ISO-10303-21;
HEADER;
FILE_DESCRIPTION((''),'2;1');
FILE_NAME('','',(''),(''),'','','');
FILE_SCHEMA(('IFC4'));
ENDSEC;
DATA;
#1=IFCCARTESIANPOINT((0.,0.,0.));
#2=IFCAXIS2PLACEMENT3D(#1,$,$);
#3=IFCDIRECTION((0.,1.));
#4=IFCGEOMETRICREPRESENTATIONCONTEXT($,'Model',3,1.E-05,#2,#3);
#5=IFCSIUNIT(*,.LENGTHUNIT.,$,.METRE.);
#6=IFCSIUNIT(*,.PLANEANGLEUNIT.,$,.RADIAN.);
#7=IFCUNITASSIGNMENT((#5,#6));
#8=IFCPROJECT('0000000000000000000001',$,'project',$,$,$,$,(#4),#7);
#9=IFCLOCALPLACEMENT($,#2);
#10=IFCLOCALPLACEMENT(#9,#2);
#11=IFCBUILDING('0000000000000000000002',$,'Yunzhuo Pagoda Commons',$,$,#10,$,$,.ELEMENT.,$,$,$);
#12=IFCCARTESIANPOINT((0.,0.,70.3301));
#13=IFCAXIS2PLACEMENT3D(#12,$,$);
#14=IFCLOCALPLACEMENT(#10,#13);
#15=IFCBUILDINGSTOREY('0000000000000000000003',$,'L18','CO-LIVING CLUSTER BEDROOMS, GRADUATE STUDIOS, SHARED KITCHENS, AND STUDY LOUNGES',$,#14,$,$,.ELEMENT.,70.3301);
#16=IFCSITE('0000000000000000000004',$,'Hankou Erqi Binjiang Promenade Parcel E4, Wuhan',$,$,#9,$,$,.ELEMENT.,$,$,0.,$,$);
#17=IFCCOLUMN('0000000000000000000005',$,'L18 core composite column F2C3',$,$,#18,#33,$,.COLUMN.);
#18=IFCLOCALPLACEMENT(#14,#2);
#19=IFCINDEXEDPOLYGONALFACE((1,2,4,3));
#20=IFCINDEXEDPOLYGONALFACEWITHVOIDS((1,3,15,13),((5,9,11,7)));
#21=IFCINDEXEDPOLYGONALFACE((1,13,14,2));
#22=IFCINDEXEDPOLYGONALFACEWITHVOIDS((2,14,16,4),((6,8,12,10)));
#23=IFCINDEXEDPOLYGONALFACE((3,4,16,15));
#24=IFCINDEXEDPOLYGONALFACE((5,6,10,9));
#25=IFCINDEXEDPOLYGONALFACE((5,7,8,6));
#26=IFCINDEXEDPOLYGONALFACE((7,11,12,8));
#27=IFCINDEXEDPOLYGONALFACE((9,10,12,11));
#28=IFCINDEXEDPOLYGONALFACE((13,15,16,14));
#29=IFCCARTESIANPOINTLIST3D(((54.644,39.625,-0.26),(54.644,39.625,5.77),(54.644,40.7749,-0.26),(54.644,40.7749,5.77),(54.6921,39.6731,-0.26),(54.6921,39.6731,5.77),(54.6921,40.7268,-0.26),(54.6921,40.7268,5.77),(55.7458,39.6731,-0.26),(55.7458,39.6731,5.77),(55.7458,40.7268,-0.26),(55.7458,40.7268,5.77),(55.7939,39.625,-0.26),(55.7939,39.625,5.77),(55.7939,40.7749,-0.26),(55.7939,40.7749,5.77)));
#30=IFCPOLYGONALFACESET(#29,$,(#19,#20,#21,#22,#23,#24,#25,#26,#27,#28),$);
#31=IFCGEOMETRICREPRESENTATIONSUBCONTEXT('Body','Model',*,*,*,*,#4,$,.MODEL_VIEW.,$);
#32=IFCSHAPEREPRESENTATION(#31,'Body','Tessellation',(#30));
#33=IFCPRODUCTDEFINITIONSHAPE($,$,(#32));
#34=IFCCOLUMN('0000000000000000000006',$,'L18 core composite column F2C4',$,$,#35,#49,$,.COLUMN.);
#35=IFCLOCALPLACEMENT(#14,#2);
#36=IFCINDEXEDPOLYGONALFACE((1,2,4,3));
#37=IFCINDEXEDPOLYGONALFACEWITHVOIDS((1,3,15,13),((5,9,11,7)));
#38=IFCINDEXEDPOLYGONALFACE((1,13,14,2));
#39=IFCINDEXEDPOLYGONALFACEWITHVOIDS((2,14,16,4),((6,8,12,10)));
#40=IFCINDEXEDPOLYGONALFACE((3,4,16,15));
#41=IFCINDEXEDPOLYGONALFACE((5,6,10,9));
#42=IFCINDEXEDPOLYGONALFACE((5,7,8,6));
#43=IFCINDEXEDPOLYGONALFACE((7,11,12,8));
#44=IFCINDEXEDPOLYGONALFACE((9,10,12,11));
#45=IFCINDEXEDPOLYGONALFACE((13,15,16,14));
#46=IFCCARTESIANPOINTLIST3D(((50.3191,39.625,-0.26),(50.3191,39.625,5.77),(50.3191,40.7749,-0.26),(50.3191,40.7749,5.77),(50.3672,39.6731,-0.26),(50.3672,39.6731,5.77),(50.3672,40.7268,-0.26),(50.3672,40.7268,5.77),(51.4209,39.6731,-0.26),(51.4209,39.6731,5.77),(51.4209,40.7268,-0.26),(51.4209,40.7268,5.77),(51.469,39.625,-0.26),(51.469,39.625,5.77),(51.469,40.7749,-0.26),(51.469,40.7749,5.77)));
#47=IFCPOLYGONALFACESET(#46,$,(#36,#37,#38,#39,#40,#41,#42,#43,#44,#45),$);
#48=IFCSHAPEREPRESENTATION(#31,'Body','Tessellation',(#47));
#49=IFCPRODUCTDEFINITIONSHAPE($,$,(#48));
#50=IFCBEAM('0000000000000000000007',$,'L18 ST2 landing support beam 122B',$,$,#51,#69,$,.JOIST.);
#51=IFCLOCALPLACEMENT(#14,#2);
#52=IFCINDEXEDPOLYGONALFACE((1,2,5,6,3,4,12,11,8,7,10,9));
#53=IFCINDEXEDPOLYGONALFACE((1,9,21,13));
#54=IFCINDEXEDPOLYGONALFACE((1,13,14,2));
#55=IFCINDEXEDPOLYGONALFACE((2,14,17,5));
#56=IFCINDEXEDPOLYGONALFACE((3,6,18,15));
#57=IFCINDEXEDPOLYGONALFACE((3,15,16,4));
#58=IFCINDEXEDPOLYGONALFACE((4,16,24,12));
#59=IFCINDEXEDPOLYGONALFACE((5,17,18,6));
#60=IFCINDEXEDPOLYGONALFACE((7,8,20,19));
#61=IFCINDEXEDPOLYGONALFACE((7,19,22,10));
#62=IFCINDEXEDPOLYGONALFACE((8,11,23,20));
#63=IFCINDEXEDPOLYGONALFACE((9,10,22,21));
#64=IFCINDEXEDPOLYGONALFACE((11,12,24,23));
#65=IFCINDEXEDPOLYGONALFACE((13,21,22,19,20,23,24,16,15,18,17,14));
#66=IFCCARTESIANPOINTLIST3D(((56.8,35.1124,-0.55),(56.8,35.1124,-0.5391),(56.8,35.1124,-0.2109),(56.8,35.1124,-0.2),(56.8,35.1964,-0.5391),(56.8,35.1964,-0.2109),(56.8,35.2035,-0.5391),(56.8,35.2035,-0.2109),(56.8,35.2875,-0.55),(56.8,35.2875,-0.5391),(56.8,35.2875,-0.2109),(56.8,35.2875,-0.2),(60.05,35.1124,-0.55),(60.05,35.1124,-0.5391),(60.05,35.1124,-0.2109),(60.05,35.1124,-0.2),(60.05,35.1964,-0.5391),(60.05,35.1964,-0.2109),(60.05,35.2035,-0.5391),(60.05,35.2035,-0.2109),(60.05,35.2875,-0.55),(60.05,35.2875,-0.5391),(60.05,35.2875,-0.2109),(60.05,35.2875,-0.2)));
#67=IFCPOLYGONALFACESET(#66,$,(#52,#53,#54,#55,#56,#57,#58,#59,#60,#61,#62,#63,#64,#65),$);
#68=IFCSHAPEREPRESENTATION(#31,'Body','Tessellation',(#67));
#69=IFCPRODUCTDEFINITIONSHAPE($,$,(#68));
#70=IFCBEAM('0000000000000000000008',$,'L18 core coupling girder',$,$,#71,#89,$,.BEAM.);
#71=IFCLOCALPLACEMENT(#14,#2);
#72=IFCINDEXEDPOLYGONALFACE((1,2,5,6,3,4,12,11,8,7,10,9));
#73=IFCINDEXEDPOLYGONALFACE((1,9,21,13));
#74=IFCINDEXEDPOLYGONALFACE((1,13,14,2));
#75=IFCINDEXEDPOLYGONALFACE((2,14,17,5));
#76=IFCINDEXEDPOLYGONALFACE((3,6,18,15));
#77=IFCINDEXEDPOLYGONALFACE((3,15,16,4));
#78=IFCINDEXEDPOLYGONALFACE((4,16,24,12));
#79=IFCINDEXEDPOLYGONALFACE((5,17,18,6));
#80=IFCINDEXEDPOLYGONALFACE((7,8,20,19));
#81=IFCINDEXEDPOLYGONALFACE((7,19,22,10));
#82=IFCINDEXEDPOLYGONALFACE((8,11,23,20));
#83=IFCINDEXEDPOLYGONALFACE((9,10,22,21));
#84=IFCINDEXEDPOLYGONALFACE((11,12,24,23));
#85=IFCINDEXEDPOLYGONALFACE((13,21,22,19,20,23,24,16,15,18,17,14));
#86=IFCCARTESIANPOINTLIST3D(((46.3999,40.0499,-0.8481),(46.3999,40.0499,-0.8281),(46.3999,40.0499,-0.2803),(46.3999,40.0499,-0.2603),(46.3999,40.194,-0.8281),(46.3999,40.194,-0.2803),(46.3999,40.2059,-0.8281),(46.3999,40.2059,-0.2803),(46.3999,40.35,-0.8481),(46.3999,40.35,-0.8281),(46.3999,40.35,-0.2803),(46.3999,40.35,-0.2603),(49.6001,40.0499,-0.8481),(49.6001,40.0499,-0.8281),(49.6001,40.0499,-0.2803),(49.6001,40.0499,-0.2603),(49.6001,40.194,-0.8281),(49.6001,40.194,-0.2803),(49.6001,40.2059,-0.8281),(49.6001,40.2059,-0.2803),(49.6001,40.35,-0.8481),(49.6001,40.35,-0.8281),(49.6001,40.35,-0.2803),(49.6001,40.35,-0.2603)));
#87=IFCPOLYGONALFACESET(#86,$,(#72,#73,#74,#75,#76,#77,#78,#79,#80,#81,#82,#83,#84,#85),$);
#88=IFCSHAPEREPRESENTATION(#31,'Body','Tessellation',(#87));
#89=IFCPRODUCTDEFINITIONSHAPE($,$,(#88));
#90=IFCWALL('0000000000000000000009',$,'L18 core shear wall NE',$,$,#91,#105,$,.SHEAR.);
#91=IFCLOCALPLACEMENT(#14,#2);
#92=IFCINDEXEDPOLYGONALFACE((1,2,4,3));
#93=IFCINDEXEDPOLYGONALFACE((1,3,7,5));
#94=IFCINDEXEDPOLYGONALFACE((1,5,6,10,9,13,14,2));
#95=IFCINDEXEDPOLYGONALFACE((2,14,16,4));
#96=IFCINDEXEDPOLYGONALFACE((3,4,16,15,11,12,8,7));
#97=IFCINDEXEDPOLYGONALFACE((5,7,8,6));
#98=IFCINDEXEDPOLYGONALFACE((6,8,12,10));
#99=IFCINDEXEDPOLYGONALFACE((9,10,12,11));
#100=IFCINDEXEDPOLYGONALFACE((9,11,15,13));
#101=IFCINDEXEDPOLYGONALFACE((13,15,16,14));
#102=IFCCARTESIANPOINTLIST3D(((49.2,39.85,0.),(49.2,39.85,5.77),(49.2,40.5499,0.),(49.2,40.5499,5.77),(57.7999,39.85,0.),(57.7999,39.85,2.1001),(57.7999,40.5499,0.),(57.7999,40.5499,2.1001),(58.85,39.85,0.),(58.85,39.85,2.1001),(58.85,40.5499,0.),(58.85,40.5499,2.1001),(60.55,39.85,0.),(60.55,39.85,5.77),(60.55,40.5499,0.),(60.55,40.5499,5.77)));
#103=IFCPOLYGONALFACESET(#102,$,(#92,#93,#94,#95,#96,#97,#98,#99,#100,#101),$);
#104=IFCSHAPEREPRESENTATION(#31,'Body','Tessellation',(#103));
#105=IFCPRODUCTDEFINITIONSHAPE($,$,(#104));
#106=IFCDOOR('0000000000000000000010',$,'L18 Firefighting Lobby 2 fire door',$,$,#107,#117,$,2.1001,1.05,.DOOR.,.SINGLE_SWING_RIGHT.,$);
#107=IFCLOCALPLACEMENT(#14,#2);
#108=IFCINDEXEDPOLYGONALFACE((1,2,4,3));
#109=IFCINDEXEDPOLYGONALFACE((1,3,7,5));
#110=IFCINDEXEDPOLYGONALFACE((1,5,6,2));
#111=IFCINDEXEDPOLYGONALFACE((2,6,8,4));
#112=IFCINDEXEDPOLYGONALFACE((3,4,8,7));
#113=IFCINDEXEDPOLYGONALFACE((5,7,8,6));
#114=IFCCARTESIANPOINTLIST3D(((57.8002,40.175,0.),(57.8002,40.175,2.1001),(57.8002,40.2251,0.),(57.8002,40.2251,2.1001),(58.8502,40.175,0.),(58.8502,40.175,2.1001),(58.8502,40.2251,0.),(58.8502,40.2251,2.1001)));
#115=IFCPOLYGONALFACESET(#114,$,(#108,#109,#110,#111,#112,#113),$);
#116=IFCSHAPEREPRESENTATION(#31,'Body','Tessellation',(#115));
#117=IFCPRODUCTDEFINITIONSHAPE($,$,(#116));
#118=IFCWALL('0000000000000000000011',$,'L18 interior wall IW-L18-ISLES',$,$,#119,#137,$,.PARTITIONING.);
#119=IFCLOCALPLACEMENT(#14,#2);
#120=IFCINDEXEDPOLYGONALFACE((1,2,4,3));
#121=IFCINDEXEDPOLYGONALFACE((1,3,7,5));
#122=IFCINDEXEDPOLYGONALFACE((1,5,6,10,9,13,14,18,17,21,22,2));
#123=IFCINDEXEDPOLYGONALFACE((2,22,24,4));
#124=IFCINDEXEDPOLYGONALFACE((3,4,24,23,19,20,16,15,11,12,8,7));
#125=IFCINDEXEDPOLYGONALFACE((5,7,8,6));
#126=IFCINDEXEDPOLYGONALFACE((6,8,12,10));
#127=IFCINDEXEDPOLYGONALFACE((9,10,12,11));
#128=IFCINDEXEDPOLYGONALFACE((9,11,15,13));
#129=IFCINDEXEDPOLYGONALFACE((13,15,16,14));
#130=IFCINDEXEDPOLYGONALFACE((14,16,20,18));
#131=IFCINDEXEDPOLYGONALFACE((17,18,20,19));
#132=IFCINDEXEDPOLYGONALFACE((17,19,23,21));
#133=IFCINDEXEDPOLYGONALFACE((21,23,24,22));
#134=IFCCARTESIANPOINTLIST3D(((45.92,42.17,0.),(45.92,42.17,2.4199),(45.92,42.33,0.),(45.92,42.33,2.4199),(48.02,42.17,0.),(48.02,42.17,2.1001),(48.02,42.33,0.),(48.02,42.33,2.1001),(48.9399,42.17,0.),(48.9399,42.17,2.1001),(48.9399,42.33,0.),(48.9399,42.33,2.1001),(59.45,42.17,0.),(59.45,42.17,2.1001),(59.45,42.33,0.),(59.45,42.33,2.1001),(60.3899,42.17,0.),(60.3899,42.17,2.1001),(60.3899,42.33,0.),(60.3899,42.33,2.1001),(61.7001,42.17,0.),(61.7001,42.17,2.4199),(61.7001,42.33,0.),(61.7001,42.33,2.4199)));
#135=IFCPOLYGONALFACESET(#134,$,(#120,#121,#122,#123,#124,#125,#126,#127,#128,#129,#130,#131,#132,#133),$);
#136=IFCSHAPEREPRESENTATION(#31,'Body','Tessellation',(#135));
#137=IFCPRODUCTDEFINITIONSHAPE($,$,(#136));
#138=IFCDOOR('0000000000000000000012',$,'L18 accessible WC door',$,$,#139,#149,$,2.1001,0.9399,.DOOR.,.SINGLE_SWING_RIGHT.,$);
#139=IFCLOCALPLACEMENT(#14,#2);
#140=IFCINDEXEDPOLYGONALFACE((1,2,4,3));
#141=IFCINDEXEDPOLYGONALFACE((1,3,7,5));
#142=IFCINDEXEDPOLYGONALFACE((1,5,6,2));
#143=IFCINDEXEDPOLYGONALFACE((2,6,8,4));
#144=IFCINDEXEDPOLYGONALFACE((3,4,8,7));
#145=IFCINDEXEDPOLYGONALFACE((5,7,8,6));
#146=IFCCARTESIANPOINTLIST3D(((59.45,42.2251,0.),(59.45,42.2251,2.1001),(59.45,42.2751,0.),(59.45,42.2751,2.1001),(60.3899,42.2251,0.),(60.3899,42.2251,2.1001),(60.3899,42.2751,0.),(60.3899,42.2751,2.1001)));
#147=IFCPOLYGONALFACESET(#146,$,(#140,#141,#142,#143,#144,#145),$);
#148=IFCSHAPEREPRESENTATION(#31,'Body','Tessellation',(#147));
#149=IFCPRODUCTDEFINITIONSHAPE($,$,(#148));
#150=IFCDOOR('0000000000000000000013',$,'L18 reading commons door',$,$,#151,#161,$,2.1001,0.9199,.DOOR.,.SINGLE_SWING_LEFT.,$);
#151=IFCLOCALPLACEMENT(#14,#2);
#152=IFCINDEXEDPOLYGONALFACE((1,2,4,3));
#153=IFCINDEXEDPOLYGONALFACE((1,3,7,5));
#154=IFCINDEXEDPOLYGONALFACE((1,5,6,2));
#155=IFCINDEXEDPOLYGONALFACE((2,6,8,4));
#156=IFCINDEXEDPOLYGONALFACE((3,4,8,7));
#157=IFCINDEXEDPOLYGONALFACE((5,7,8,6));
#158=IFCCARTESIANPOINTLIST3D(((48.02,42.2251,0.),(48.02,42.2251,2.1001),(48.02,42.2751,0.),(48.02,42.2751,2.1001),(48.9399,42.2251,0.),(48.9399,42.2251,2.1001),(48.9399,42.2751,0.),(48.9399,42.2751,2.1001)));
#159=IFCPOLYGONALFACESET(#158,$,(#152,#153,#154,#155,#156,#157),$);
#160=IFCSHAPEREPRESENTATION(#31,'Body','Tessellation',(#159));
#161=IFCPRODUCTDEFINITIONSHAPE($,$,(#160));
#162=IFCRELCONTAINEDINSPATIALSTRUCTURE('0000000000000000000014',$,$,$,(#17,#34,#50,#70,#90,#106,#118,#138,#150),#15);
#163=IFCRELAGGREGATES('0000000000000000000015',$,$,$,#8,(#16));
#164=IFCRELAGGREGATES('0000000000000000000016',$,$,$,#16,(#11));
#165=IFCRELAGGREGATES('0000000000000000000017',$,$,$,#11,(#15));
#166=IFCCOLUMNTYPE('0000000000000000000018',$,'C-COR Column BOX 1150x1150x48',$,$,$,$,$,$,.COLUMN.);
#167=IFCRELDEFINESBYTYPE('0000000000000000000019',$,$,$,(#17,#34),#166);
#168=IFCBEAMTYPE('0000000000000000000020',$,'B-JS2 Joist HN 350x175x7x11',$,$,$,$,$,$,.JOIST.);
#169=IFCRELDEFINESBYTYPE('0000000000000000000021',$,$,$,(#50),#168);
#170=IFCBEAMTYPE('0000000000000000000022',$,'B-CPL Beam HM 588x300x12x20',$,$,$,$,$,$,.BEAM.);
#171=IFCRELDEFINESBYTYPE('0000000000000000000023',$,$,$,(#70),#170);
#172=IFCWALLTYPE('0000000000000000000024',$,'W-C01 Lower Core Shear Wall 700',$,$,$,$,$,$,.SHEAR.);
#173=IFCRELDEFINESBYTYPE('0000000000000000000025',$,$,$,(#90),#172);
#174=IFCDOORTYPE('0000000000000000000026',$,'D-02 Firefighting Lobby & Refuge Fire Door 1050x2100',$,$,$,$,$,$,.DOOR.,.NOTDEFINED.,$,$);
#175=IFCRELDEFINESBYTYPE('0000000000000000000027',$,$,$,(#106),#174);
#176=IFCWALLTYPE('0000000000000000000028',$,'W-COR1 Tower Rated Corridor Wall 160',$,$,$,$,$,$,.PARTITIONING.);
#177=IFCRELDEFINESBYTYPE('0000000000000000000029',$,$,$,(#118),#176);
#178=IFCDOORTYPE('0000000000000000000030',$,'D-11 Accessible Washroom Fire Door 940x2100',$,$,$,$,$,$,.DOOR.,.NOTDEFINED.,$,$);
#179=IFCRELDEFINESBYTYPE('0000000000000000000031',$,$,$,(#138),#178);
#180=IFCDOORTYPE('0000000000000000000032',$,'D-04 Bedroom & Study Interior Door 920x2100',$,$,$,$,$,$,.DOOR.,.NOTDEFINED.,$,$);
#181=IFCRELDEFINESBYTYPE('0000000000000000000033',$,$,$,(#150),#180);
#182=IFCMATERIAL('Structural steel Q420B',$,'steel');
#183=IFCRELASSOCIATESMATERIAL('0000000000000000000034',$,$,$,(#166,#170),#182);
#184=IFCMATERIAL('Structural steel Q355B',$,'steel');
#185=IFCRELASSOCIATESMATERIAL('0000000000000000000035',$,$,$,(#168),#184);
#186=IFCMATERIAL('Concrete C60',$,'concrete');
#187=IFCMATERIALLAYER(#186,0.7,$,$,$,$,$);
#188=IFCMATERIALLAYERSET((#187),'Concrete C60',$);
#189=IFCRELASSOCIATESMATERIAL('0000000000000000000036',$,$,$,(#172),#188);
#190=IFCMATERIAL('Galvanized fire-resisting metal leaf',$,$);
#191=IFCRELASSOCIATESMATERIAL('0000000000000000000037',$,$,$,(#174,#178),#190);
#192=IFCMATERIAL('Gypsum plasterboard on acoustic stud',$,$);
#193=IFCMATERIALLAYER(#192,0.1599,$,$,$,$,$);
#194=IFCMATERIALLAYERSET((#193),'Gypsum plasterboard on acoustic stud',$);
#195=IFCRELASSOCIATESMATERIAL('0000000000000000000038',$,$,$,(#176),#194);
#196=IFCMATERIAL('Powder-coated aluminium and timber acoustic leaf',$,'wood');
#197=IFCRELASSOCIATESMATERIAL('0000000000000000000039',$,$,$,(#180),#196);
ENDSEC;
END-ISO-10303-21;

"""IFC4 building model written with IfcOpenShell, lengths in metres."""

from ifc_helpers import new_model, si_unit, direction, frame, frame_2d, origin, origin_2d, place, context, subcontext, project, spatial, rectangle, hollow_rectangle, i_section, extrude, source, transform, mapped, material, layer, layer_set, material_profile, profile_set, type_object, element, fill, save


model = new_model("IFC4")

# Units and contexts
model_context = context("Model", 3, precision=1e-05, world=origin(), true_north=direction((0.0, 1.0)))
body_context = subcontext(model_context, "Body", "Model", "MODEL_VIEW")
ifc_project = project(units=[si_unit("LENGTHUNIT", "METRE"), si_unit("PLANEANGLEUNIT", "RADIAN")], contexts=[model_context])

# Site, building, storey
site_placement = place(None, origin())
site = spatial("IfcSite", under=ifc_project, at=site_placement, Name="Hankou Erqi Binjiang Promenade Parcel E4, Wuhan", CompositionType="ELEMENT", RefElevation=0.0)
building_placement = place(site_placement, origin())
building = spatial("IfcBuilding", under=site, at=building_placement, Name="Yunzhuo Pagoda Commons", CompositionType="ELEMENT")
storey_placement = place(building_placement, frame((0.0, 0.0, 70.3301)))
storey = spatial("IfcBuildingStorey", under=building, at=storey_placement, Name="L18", Description="CO-LIVING CLUSTER BEDROOMS, GRADUATE STUDIOS, SHARED KITCHENS, AND STUDY LOUNGES", CompositionType="ELEMENT", Elevation=70.3301)

# Columns
ifc_material_1 = material(Name="Structural steel Q420B", Category="steel")
ifc_material_profile_1 = material_profile(ifc_material_1, hollow_rectangle(XDim=1.1499, YDim=1.1499, WallThickness=0.0481, at=origin_2d()), Name="Structural steel Q420B")
ifc_profile_set_1 = profile_set([ifc_material_profile_1], Name="Structural steel Q420B")
column_type = type_object("IfcColumnType", Name="C-COR Column BOX 1150x1150x48", PredefinedType="COLUMN", material=ifc_profile_set_1)
shared_shape_1 = source(origin(), body_context, "Body", "SweptSolid", [
    extrude(hollow_rectangle(XDim=1.1499, YDim=1.1499, WallThickness=0.0481, at=origin_2d()), origin(), (0.0, 0.0, 1.0), 6.03),
])
for number, where, z_axis, x_axis, name in (
    (1, (55.219, 40.2, -0.26), (0.0, 0.0, 1.0), (1.0, 0.0, 0.0), "L18 core composite column F2C3"),
    (2, (50.894, 40.2, -0.26), (0.0, 0.0, 1.0), (1.0, 0.0, 0.0), "L18 core composite column F2C4"),
):
    element("IfcColumn", number, at=place(storey_placement, frame(where, z_axis=z_axis, x_axis=x_axis)), inside=storey, type_object=column_type, Name=name, PredefinedType="COLUMN", context=body_context, shape_type="MappedRepresentation", body=[
        mapped(shared_shape_1, transform((0.0, 0.0, 0.0), scale=1.0)),
    ])

# Beams
ifc_material_2 = material(Name="Structural steel Q355B", Category="steel")
ifc_material_profile_2 = material_profile(ifc_material_2, i_section(OverallWidth=0.175, OverallDepth=0.3501, WebThickness=0.0071, FlangeThickness=0.011, at=origin_2d()), Name="Structural steel Q355B")
ifc_profile_set_2 = profile_set([ifc_material_profile_2], Name="Structural steel Q355B")
beam_type_1 = type_object("IfcBeamType", Name="B-JS2 Joist HN 350x175x7x11", PredefinedType="JOIST", material=ifc_profile_set_2)
shared_shape_2 = source(origin(), body_context, "Body", "SweptSolid", [
    extrude(i_section(OverallWidth=0.175, OverallDepth=0.3501, WebThickness=0.0071, FlangeThickness=0.011, at=origin_2d()), origin(), (0.0, 0.0, 1.0), 3.25),
])
beam_1_placement = place(storey_placement, frame((56.8, 35.2, -0.375), z_axis=(1.0, 0.0, 0.0), x_axis=(0.0, 1.0, 0.0)))
element("IfcBeam", 3, at=beam_1_placement, inside=storey, type_object=beam_type_1, Name="L18 ST2 landing support beam 122B", PredefinedType="JOIST", context=body_context, shape_type="MappedRepresentation", body=[
    mapped(shared_shape_2, transform((0.0, 0.0, 0.0), scale=1.0)),
])
ifc_material_profile_3 = material_profile(ifc_material_1, i_section(OverallWidth=0.3, OverallDepth=0.5879, WebThickness=0.012, FlangeThickness=0.02, at=origin_2d()), Name="Structural steel Q420B")
ifc_profile_set_3 = profile_set([ifc_material_profile_3], Name="Structural steel Q420B")
beam_type_2 = type_object("IfcBeamType", Name="B-CPL Beam HM 588x300x12x20", PredefinedType="BEAM", material=ifc_profile_set_3)
shared_shape_3 = source(origin(), body_context, "Body", "SweptSolid", [
    extrude(i_section(OverallWidth=0.3, OverallDepth=0.5879, WebThickness=0.012, FlangeThickness=0.02, at=origin_2d()), origin(), (0.0, 0.0, 1.0), 3.2002),
])
beam_2_placement = place(storey_placement, frame((46.3999, 40.2, -0.5542), z_axis=(1.0, 0.0, 0.0), x_axis=(0.0, 1.0, 0.0)))
element("IfcBeam", 4, at=beam_2_placement, inside=storey, type_object=beam_type_2, Name="L18 core coupling girder", PredefinedType="BEAM", context=body_context, shape_type="MappedRepresentation", body=[
    mapped(shared_shape_3, transform((0.0, 0.0, 0.0), scale=1.0)),
])

# Wall, opening, door
ifc_material_3 = material(Name="Concrete C60", Category="concrete")
ifc_layer_1 = layer(ifc_material_3, 0.7)
ifc_layer_set_1 = layer_set([ifc_layer_1], Name="Concrete C60")
wall_type_1 = type_object("IfcWallType", Name="W-C01 Lower Core Shear Wall 700", PredefinedType="SHEAR", material=ifc_layer_set_1)
wall_1_placement = place(storey_placement, frame((49.2, 40.2, 0.0), z_axis=(0.0, 0.0, 1.0), x_axis=(1.0, 0.0, 0.0)))
wall_1 = element("IfcWall", 5, at=wall_1_placement, inside=storey, type_object=wall_type_1, Name="L18 core shear wall NE", PredefinedType="SHEAR", context=body_context, shape_type="SweptSolid", body=[
    extrude(rectangle(XDim=11.3501, YDim=0.7, at=frame_2d((5.675, 0.0))), origin(), (0.0, 0.0, 1.0), 5.77),
])
opening_1_placement = place(wall_1_placement, frame((8.6001, 0.0, 0.0)))
opening_1 = element("IfcOpeningElement", 6, at=opening_1_placement, cuts=wall_1, PredefinedType="OPENING", context=body_context, shape_type="SweptSolid", body=[
    extrude(rectangle(XDim=1.05, YDim=2.1001, at=frame_2d((0.5249, 1.05))), frame((0.0, 0.3599, 0.0), z_axis=(0.0, -1.0, 0.0), x_axis=(1.0, 0.0, 0.0)), (0.0, 0.0, 1.0), 0.72),
])
ifc_material_4 = material(Name="Galvanized fire-resisting metal leaf")
door_type_1 = type_object("IfcDoorType", Name="D-02 Firefighting Lobby & Refuge Fire Door 1050x2100", OperationType="NOTDEFINED", PredefinedType="DOOR", material=ifc_material_4)
shared_shape_4 = source(origin(), body_context, "Body", "SweptSolid", [
    extrude(rectangle(XDim=1.05, YDim=2.1001, at=frame_2d((0.5249, 1.05))), frame((0.0, 0.0249, 0.0), z_axis=(0.0, -1.0, 0.0), x_axis=(1.0, 0.0, 0.0)), (0.0, 0.0, 1.0), 0.05),
])
door_1_placement = place(opening_1_placement, frame((1.05, 0.0, 0.0), z_axis=(0.0, 0.0, 1.0), x_axis=(-1.0, 0.0, 0.0)))
door_1 = element("IfcDoor", 7, at=door_1_placement, inside=storey, type_object=door_type_1, Name="L18 Firefighting Lobby 2 fire door", OperationType="SINGLE_SWING_RIGHT", OverallHeight=2.1001, OverallWidth=1.05, PredefinedType="DOOR", context=body_context, shape_type="MappedRepresentation", body=[
    mapped(shared_shape_4, transform((0.0, 0.0, 0.0), scale=1.0)),
])
fill(opening_1, door_1)

# Wall, openings, doors
ifc_material_5 = material(Name="Gypsum plasterboard on acoustic stud")
ifc_layer_2 = layer(ifc_material_5, 0.1599)
ifc_layer_set_2 = layer_set([ifc_layer_2], Name="Gypsum plasterboard on acoustic stud")
wall_type_2 = type_object("IfcWallType", Name="W-COR1 Tower Rated Corridor Wall 160", PredefinedType="PARTITIONING", material=ifc_layer_set_2)
wall_2_placement = place(storey_placement, frame((45.9199, 42.25, 0.0), z_axis=(0.0, 0.0, 1.0), x_axis=(1.0, 0.0, 0.0)))
wall_2 = element("IfcWall", 8, at=wall_2_placement, inside=storey, type_object=wall_type_2, Name="L18 interior wall IW-L18-ISLES", PredefinedType="PARTITIONING", context=body_context, shape_type="SweptSolid", body=[
    extrude(rectangle(XDim=15.78, YDim=0.1599, at=frame_2d((7.8901, 0.0))), origin(), (0.0, 0.0, 1.0), 2.4199),
])
opening_2_placement = place(wall_2_placement, frame((2.1001, 0.0, 0.0)))
opening_2 = element("IfcOpeningElement", 9, at=opening_2_placement, cuts=wall_2, PredefinedType="OPENING", context=body_context, shape_type="SweptSolid", body=[
    extrude(rectangle(XDim=0.9199, YDim=2.1001, at=frame_2d((0.46, 1.05))), frame((0.0, 0.0898, 0.0), z_axis=(0.0, -1.0, 0.0), x_axis=(1.0, 0.0, 0.0)), (0.0, 0.0, 1.0), 0.1799),
])
opening_3_placement = place(wall_2_placement, frame((13.53, 0.0, 0.0)))
opening_3 = element("IfcOpeningElement", 10, at=opening_3_placement, cuts=wall_2, PredefinedType="OPENING", context=body_context, shape_type="SweptSolid", body=[
    extrude(rectangle(XDim=0.9399, YDim=2.1001, at=frame_2d((0.47, 1.05))), frame((0.0, 0.0898, 0.0), z_axis=(0.0, -1.0, 0.0), x_axis=(1.0, 0.0, 0.0)), (0.0, 0.0, 1.0), 0.1799),
])
door_type_2 = type_object("IfcDoorType", Name="D-11 Accessible Washroom Fire Door 940x2100", OperationType="NOTDEFINED", PredefinedType="DOOR", material=ifc_material_4)
shared_shape_5 = source(origin(), body_context, "Body", "SweptSolid", [
    extrude(rectangle(XDim=0.9399, YDim=2.1001, at=frame_2d((0.47, 1.05))), frame((0.0, 0.0249, 0.0), z_axis=(0.0, -1.0, 0.0), x_axis=(1.0, 0.0, 0.0)), (0.0, 0.0, 1.0), 0.05),
])
door_2_placement = place(opening_3_placement, frame((0.9399, 0.0, 0.0), z_axis=(0.0, 0.0, 1.0), x_axis=(-1.0, 0.0, 0.0)))
door_2 = element("IfcDoor", 11, at=door_2_placement, inside=storey, type_object=door_type_2, Name="L18 accessible WC door", OperationType="SINGLE_SWING_RIGHT", OverallHeight=2.1001, OverallWidth=0.9399, PredefinedType="DOOR", context=body_context, shape_type="MappedRepresentation", body=[
    mapped(shared_shape_5, transform((0.0, 0.0, 0.0), scale=1.0)),
])
fill(opening_3, door_2)
ifc_material_6 = material(Name="Powder-coated aluminium and timber acoustic leaf", Category="wood")
door_type_3 = type_object("IfcDoorType", Name="D-04 Bedroom & Study Interior Door 920x2100", OperationType="NOTDEFINED", PredefinedType="DOOR", material=ifc_material_6)
shared_shape_6 = source(origin(), body_context, "Body", "SweptSolid", [
    extrude(rectangle(XDim=0.9199, YDim=2.1001, at=frame_2d((0.46, 1.05))), frame((0.0, 0.0249, 0.0), z_axis=(0.0, -1.0, 0.0), x_axis=(1.0, 0.0, 0.0)), (0.0, 0.0, 1.0), 0.05),
])
door_3_placement = place(opening_2_placement, frame((0.9199, 0.0, 0.0), z_axis=(0.0, 0.0, 1.0), x_axis=(-1.0, 0.0, 0.0)))
door_3 = element("IfcDoor", 12, at=door_3_placement, inside=storey, type_object=door_type_3, Name="L18 reading commons door", OperationType="SINGLE_SWING_LEFT", OverallHeight=2.1001, OverallWidth=0.9199, PredefinedType="DOOR", context=body_context, shape_type="MappedRepresentation", body=[
    mapped(shared_shape_6, transform((0.0, 0.0, 0.0), scale=1.0)),
])
fill(opening_2, door_3)

save(model, "model.ifc")
